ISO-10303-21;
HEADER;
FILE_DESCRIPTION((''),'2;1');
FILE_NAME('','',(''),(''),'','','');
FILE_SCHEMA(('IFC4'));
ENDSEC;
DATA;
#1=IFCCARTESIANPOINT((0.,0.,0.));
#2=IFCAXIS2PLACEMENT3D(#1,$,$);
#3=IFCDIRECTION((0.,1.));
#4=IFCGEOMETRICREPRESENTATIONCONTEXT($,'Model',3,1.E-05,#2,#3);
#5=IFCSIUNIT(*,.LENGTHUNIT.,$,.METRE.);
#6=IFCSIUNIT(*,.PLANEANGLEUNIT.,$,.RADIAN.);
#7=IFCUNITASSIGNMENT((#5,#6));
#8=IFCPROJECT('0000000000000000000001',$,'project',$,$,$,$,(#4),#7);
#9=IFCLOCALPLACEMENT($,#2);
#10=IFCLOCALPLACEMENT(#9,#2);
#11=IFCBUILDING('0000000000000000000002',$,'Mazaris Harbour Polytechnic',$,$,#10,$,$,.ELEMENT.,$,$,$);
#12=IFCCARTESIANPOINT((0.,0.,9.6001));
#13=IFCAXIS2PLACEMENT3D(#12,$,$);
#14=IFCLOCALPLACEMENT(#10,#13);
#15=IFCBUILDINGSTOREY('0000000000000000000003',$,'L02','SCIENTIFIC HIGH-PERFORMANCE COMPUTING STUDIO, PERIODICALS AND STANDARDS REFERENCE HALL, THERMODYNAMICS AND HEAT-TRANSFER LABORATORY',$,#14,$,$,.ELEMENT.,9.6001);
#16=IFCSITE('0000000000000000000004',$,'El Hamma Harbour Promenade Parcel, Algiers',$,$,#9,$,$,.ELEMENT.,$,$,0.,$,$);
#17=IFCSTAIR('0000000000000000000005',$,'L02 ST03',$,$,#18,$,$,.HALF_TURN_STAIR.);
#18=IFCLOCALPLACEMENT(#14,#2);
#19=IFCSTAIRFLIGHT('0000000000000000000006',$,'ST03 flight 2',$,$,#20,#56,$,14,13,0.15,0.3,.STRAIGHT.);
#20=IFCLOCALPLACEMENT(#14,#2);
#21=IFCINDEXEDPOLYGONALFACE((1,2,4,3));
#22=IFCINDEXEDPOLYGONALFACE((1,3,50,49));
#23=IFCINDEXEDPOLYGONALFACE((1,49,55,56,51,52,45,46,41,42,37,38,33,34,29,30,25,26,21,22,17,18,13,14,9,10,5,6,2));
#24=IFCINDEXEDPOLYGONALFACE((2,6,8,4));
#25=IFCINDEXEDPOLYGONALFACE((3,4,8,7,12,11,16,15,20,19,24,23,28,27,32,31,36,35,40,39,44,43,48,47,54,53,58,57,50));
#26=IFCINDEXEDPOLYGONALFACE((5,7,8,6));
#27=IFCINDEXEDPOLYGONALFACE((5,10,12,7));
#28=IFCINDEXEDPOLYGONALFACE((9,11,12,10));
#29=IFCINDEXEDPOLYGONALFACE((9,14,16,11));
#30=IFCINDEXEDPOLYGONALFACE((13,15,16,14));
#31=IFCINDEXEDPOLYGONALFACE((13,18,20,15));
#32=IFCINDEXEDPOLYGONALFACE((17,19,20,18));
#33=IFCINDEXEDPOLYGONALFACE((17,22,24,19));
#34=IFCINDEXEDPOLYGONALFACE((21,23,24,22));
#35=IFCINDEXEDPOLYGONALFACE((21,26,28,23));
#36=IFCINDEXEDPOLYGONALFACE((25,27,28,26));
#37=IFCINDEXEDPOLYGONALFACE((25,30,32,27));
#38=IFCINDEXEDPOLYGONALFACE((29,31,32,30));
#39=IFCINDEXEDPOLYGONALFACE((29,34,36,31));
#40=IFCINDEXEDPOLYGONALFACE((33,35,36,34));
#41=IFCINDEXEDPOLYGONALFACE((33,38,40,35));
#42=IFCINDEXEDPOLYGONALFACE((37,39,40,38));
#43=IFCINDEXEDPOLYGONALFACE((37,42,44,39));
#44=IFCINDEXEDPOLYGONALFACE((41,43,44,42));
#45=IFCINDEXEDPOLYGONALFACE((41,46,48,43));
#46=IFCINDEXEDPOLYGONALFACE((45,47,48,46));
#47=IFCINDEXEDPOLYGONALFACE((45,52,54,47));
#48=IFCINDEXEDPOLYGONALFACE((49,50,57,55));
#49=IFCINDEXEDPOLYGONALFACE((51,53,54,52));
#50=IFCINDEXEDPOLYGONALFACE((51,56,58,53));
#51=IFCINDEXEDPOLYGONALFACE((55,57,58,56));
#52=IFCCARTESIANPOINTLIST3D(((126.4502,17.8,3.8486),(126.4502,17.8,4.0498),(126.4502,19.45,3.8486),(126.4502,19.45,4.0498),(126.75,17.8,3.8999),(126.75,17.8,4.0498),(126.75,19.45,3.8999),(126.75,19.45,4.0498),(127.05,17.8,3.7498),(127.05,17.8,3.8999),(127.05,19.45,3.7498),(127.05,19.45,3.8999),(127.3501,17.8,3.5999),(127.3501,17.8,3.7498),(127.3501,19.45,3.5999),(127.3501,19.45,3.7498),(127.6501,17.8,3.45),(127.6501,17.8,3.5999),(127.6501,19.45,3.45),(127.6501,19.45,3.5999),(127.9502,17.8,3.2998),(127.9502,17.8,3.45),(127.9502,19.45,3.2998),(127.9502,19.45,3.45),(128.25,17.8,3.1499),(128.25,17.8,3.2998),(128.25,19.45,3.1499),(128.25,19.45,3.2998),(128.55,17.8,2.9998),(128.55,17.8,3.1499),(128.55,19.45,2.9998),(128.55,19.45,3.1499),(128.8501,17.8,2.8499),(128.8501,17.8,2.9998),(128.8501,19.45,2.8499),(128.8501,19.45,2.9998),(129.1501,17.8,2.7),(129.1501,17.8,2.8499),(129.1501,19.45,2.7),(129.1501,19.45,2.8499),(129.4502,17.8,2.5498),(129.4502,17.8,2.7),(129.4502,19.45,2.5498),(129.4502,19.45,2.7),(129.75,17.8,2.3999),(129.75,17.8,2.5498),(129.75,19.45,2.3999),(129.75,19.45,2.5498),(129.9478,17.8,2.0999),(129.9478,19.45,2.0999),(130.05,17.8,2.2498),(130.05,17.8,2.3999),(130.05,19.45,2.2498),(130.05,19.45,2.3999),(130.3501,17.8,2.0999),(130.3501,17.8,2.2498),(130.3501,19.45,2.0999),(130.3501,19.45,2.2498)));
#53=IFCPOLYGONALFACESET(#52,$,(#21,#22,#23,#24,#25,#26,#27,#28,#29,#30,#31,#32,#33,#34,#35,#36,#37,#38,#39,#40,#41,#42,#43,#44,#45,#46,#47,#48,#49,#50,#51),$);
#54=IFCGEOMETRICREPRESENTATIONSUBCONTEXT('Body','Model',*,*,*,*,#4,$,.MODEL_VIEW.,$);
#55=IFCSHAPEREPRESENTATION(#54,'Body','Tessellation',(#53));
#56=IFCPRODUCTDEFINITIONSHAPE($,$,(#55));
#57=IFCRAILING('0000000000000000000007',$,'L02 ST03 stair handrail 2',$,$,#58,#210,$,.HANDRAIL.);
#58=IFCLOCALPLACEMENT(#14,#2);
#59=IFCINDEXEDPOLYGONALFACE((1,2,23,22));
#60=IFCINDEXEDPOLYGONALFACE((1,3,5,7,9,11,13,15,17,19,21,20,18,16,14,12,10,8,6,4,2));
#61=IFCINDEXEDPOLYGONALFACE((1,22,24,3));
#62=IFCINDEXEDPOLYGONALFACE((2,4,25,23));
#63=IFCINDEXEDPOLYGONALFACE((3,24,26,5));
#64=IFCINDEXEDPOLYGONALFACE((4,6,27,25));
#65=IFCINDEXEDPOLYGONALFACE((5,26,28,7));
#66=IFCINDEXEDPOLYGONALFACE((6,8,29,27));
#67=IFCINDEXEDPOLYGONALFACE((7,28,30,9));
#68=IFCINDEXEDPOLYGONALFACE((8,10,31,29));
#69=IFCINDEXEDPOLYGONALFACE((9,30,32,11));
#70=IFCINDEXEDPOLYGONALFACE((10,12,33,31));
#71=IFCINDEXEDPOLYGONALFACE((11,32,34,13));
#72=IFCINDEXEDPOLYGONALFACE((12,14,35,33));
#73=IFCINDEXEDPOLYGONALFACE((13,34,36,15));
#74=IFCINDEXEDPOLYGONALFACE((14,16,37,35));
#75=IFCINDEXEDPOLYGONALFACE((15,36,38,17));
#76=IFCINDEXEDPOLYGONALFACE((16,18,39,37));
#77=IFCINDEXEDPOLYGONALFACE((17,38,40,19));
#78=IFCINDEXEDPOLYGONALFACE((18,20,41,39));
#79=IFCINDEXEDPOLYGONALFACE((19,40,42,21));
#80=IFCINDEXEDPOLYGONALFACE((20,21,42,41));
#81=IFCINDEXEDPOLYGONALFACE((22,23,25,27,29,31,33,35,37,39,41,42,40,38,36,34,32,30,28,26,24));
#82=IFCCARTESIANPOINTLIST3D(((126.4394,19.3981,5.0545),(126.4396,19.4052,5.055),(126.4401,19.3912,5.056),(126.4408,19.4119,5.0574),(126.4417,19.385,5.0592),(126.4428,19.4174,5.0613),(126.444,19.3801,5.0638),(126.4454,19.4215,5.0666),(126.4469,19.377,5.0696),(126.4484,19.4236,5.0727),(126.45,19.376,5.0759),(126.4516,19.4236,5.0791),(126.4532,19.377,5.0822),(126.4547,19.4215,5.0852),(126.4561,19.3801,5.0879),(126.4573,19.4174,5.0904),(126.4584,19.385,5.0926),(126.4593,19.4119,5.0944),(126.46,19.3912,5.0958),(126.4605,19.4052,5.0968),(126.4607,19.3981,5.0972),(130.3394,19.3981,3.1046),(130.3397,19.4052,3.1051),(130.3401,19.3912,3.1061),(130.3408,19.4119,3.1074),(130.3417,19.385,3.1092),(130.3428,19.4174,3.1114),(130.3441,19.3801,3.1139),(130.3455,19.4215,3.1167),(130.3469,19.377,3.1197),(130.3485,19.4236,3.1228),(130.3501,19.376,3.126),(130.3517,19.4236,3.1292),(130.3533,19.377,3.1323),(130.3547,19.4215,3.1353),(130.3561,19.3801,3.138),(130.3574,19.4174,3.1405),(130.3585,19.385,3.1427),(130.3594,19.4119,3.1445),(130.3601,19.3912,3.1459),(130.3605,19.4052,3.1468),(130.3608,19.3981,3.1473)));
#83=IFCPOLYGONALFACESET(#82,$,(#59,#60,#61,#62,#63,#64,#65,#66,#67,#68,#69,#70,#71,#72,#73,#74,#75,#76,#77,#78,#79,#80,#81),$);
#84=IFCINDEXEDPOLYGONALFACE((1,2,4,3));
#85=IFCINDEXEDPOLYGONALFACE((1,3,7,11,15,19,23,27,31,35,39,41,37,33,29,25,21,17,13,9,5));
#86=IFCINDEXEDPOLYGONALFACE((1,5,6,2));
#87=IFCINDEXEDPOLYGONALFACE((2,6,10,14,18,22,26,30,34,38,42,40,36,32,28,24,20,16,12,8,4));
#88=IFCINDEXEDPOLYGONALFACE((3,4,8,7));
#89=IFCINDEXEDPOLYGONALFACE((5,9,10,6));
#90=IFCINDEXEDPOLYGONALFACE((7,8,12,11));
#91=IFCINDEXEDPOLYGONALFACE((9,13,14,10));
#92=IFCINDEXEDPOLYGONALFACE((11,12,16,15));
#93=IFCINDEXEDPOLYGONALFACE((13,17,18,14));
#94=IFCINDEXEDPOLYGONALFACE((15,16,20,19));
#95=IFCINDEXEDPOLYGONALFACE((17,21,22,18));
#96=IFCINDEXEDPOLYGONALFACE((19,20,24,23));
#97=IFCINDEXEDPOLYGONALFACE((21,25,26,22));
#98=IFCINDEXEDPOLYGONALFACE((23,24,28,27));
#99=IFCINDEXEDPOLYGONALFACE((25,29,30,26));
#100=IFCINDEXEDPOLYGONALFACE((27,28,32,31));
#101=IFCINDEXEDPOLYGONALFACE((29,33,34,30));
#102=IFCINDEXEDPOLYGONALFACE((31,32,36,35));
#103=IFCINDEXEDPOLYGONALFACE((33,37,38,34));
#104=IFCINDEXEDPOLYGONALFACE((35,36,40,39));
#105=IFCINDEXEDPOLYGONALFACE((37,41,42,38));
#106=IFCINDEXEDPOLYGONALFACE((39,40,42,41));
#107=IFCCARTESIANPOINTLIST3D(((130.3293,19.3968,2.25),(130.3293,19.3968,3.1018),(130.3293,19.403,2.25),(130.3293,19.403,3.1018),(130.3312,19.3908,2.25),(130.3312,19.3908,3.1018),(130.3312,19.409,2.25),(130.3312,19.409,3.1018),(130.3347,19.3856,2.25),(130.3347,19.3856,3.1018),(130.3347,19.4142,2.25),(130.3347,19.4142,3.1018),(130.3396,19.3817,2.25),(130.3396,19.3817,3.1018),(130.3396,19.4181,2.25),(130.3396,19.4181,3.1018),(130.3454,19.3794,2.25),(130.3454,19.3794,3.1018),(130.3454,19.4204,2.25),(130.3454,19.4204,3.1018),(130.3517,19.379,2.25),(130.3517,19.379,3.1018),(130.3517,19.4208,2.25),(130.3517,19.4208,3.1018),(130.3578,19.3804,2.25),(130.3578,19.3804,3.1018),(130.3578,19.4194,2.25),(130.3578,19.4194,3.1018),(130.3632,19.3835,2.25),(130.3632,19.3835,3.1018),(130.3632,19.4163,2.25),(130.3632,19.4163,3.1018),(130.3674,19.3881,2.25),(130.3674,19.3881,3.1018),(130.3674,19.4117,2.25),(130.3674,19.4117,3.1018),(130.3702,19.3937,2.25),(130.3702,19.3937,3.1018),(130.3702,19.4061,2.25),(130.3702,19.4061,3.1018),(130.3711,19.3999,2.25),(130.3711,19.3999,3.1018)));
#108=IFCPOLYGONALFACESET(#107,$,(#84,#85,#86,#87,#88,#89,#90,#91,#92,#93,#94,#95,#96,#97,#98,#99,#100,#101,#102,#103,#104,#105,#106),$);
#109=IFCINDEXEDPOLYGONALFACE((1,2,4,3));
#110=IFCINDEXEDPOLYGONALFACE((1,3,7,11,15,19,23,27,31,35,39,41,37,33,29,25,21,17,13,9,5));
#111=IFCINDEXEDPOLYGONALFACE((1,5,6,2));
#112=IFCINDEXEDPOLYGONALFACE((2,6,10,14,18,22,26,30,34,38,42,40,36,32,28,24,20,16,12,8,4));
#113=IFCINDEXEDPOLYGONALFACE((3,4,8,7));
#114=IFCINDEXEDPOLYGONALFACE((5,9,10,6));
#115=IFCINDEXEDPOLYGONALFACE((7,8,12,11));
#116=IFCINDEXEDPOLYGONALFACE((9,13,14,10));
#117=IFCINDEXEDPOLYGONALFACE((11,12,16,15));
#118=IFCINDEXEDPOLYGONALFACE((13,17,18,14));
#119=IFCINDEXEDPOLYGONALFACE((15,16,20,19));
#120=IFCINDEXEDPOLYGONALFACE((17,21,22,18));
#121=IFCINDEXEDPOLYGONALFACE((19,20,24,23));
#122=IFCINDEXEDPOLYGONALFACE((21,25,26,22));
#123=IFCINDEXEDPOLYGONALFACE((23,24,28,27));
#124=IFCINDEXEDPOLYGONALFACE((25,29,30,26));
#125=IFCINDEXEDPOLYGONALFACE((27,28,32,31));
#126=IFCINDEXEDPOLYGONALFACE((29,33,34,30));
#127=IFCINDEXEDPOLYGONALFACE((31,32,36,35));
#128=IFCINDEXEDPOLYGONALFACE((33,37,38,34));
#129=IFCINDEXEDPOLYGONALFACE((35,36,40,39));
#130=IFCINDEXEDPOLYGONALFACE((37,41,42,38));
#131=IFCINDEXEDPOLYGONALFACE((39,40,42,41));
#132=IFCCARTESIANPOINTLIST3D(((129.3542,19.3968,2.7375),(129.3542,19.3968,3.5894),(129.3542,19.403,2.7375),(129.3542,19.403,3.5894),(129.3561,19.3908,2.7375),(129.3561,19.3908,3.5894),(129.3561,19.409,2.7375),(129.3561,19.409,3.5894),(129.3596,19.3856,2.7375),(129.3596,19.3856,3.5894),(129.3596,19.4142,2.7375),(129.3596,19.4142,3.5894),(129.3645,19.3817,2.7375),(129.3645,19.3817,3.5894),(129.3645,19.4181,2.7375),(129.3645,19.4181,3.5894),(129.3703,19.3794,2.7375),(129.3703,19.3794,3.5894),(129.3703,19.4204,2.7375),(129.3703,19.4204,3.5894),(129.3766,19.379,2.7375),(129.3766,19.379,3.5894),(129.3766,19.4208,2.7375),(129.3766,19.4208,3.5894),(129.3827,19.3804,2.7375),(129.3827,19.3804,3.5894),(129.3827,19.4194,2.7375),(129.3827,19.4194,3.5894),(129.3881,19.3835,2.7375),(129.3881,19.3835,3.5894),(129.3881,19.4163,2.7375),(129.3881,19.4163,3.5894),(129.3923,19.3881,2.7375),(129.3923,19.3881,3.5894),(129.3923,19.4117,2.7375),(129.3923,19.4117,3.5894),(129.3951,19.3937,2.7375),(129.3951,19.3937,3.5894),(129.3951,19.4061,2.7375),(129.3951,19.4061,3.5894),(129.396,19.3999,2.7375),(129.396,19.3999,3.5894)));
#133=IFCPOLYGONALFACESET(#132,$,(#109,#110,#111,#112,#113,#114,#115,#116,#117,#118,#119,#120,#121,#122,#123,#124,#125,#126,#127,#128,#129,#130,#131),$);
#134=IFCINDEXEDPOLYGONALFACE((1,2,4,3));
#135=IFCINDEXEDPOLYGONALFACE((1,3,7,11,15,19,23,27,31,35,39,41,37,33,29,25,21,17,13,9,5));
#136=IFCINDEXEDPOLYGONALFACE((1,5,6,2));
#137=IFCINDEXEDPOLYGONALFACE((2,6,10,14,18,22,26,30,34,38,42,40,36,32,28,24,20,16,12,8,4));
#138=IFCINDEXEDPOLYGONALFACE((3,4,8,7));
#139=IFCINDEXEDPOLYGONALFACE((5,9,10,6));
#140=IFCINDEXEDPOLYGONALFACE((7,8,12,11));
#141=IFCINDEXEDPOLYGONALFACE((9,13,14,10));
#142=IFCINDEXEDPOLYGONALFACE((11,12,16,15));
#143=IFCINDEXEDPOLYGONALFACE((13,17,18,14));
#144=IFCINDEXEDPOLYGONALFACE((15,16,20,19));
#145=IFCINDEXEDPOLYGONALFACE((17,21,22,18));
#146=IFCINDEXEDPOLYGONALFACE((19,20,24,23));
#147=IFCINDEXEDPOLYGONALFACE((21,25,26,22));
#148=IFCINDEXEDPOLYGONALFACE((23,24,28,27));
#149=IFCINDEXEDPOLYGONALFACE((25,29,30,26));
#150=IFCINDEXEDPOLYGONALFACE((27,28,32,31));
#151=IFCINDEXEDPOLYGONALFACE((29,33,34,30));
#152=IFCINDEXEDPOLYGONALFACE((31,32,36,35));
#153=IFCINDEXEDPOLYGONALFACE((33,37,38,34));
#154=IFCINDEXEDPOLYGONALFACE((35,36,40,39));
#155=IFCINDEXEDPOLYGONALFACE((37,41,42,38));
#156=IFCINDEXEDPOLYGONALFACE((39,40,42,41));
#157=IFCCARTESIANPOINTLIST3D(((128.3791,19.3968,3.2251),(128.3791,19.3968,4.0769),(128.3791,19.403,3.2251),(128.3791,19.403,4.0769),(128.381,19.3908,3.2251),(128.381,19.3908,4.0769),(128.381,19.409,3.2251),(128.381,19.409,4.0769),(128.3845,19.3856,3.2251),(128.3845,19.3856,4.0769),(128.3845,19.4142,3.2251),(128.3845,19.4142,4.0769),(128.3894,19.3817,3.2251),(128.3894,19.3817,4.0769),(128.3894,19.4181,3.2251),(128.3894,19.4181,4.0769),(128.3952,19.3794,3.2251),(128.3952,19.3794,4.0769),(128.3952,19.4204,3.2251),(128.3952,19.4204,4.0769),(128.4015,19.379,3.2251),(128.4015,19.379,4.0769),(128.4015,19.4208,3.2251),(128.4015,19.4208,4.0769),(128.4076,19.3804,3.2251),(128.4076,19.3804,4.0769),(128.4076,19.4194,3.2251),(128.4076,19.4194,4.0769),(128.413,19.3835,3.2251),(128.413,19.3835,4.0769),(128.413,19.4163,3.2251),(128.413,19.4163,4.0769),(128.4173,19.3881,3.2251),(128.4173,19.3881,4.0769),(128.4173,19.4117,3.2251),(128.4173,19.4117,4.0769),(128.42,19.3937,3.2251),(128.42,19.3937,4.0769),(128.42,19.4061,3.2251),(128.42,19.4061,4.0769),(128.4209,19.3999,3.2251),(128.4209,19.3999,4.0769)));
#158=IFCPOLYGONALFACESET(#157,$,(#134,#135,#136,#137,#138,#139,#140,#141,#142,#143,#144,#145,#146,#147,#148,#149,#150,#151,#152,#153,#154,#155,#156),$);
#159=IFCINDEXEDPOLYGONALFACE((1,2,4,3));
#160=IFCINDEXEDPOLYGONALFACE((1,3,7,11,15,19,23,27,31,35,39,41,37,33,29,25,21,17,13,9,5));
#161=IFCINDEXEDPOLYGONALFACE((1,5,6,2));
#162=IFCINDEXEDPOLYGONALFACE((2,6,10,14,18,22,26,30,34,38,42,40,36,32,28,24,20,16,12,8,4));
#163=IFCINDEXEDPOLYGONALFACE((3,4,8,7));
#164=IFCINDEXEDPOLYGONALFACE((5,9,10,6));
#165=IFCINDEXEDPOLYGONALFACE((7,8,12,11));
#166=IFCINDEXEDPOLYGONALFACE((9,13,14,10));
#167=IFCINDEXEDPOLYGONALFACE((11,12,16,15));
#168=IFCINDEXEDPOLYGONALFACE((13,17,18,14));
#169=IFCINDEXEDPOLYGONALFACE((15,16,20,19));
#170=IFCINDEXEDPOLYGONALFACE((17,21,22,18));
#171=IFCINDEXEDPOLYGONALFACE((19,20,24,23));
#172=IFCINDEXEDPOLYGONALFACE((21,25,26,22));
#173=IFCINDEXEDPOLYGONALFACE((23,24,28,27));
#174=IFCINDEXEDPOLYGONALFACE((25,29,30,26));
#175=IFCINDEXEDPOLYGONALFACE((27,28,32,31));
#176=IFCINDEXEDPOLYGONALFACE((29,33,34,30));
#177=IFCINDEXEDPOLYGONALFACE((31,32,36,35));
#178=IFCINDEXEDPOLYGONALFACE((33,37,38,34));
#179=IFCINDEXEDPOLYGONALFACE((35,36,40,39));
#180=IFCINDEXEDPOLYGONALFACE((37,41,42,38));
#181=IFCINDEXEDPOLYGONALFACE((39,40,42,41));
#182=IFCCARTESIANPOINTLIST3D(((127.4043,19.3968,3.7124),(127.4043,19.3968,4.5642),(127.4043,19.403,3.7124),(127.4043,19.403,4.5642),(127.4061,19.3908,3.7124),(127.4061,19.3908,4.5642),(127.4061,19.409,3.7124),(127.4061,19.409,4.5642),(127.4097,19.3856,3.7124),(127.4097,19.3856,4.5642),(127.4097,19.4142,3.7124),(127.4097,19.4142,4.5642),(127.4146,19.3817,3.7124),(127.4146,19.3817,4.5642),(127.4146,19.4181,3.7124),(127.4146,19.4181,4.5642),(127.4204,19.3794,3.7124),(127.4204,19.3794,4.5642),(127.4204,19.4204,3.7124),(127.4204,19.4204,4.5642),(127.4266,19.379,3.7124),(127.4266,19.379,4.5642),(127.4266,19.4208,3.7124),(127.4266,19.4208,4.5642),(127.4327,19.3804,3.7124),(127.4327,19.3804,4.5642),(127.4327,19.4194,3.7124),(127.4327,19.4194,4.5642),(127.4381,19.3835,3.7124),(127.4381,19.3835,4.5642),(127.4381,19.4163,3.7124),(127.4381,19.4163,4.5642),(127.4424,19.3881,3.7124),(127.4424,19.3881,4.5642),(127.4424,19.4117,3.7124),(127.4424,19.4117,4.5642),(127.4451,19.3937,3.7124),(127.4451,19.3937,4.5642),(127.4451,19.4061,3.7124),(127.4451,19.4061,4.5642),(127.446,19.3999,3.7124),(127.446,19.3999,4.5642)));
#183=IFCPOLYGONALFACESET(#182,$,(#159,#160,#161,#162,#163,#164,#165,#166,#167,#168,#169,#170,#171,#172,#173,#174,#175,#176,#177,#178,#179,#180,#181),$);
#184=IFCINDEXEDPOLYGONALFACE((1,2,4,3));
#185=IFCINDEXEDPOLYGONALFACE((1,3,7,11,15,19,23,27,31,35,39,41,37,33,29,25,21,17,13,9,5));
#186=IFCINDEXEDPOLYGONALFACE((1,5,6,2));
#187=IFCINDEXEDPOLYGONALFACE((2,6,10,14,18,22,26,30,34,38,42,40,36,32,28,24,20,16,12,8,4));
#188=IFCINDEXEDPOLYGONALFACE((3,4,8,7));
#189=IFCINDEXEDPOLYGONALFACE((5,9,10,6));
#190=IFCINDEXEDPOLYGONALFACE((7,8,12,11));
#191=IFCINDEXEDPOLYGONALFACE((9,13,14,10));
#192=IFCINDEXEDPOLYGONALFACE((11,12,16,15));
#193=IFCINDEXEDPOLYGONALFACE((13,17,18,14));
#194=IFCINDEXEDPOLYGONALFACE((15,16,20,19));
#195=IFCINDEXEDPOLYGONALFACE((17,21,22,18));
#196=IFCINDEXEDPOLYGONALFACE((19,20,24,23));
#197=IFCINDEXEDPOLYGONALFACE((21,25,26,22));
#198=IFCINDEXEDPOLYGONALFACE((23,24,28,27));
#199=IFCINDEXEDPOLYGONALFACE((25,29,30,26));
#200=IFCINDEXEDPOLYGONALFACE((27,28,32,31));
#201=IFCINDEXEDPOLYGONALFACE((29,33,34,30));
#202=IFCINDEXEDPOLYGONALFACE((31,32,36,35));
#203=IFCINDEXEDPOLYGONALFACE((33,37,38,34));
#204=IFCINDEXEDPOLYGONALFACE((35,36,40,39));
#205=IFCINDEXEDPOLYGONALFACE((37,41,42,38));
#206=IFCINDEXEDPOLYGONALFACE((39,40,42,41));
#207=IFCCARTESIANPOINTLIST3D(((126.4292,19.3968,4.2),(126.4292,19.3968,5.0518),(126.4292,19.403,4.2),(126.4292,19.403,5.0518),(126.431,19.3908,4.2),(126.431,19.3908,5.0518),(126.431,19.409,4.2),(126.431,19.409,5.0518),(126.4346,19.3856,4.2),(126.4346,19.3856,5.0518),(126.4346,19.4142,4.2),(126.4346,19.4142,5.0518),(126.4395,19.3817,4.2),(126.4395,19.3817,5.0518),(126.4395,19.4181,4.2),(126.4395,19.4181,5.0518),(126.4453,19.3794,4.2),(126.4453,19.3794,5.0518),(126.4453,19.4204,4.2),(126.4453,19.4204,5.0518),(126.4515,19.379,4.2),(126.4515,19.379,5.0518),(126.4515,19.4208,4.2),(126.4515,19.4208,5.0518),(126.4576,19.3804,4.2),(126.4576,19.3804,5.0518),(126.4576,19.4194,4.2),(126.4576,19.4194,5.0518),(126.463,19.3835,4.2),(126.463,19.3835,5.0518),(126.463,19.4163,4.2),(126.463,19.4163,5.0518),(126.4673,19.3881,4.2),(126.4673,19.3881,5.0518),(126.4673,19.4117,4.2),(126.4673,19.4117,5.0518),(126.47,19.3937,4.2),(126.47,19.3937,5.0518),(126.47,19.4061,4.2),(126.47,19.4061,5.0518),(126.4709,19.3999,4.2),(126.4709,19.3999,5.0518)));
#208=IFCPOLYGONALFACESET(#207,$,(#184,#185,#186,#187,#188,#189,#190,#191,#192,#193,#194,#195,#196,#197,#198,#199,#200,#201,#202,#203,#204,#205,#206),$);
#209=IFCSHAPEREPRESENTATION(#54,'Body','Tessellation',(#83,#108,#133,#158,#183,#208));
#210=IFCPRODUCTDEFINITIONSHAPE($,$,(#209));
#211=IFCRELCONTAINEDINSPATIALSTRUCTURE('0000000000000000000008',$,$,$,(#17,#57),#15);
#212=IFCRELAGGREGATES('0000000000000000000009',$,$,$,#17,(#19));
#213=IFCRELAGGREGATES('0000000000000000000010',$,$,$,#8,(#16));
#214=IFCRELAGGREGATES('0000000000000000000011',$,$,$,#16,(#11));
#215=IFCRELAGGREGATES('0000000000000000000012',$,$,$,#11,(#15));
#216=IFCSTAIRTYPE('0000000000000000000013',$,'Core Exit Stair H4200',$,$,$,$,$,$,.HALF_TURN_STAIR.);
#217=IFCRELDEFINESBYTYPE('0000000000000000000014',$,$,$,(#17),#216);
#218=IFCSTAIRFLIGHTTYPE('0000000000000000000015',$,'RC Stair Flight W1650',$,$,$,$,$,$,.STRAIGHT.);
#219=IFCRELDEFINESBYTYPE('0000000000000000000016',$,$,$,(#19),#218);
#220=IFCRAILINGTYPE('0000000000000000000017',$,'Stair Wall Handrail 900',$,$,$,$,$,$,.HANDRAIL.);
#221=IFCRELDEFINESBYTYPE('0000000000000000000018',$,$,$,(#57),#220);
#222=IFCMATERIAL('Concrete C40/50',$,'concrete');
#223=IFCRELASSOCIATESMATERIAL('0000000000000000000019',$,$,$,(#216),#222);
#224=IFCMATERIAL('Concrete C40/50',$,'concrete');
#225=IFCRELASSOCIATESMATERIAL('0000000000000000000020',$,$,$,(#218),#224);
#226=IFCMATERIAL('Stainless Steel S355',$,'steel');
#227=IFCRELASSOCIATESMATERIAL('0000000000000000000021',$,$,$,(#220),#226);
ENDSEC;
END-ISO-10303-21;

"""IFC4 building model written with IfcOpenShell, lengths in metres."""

from ifc_helpers import new_model, si_unit, direction, frame, origin, origin_2d, place, context, subcontext, project, spatial, polyline, circle, outline, extrude, material, type_object, element, aggregate, save


model = new_model("IFC4")

# Units and contexts
model_context = context("Model", 3, precision=1e-05, world=origin(), true_north=direction((0.0, 1.0)))
body_context = subcontext(model_context, "Body", "Model", "MODEL_VIEW")
ifc_project = project(units=[si_unit("LENGTHUNIT", "METRE"), si_unit("PLANEANGLEUNIT", "RADIAN")], contexts=[model_context])

# Site, building, storey
site_placement = place(None, origin())
site = spatial("IfcSite", under=ifc_project, at=site_placement, Name="El Hamma Harbour Promenade Parcel, Algiers", CompositionType="ELEMENT", RefElevation=0.0)
building_placement = place(site_placement, origin())
building = spatial("IfcBuilding", under=site, at=building_placement, Name="Mazaris Harbour Polytechnic", CompositionType="ELEMENT")
storey_placement = place(building_placement, frame((0.0, 0.0, 9.6001)))
storey = spatial("IfcBuildingStorey", under=building, at=storey_placement, Name="L02", Description="SCIENTIFIC HIGH-PERFORMANCE COMPUTING STUDIO, PERIODICALS AND STANDARDS REFERENCE HALL, THERMODYNAMICS AND HEAT-TRANSFER LABORATORY", CompositionType="ELEMENT", Elevation=9.6001)

# Stair, stair flight
ifc_material_1 = material(Name="Concrete C40/50", Category="concrete")
stair_type = type_object("IfcStairType", Name="Core Exit Stair H4200", PredefinedType="HALF_TURN_STAIR", material=ifc_material_1)
stair_placement = place(storey_placement, origin())
stair = element("IfcStair", 1, at=stair_placement, inside=storey, type_object=stair_type, Name="L02 ST03", PredefinedType="HALF_TURN_STAIR")
ifc_material_2 = material(Name="Concrete C40/50", Category="concrete")
stair_flight_type = type_object("IfcStairFlightType", Name="RC Stair Flight W1650", PredefinedType="STRAIGHT", material=ifc_material_2)
stair_flight_placement = place(storey_placement, frame((130.3501, 18.625, 2.0999), z_axis=(0.0, 0.0, 1.0), x_axis=(-1.0, 0.0, 0.0)))
stair_flight = element("IfcStairFlight", 2, at=stair_flight_placement, type_object=stair_flight_type, Name="ST03 flight 2", NumberOfRisers=14, NumberOfTreads=13, PredefinedType="STRAIGHT", RiserHeight=0.15, TreadLength=0.3, context=body_context, shape_type="SweptSolid", body=[
    extrude(outline(polyline([(0.0, 0.0), (0.0, 0.1499), (0.3, 0.1499), (0.3, 0.3), (0.6001, 0.3), (0.6001, 0.45), (0.8999, 0.45), (0.8999, 0.6001), (1.2, 0.6001), (1.2, 0.75), (1.5, 0.75), (1.5, 0.8999), (1.8, 0.8999), (1.8, 1.05), (2.1001, 1.05), (2.1001, 1.2), (2.3999, 1.2), (2.3999, 1.3501), (2.7, 1.3501), (2.7, 1.5), (3.0, 1.5), (3.0, 1.6499), (3.3, 1.6499), (3.3, 1.8), (3.6001, 1.8), (3.6001, 1.95), (3.8999, 1.95), (3.8999, 2.1001), (3.8999, 1.7488), (0.4023, 0.0), (0.0, 0.0)])), frame((0.0, 0.825, 0.0), z_axis=(0.0, -1.0, 0.0), x_axis=(1.0, 0.0, 0.0)), (0.0, 0.0, 1.0), 1.6499),
])
aggregate(stair, [stair_flight])

# Railing
ifc_material_3 = material(Name="Stainless Steel S355", Category="steel")
railing_type_1 = type_object("IfcRailingType", Name="Stair Wall Handrail 900", PredefinedType="HANDRAIL", material=ifc_material_3)
railing_1_placement = place(storey_placement, frame((130.3501, 19.3999, 2.25)))
element("IfcRailing", 3, at=railing_1_placement, inside=storey, type_object=railing_type_1, Name="L02 ST03 stair handrail 2", PredefinedType="HANDRAIL", context=body_context, shape_type="SweptSolid", body=[
    extrude(circle(Radius=0.0239, at=origin_2d()), frame((0.0, 0.0, 0.876), z_axis=(-0.894438, 0.0, 0.447191), x_axis=(0.0, -1.0, 0.0)), (0.0, 0.0, 1.0), 4.3604),
    extrude(circle(Radius=0.021, at=origin_2d()), origin(), (0.0, 0.0, 1.0), 0.8518),
    extrude(circle(Radius=0.021, at=origin_2d()), frame((-0.9751, 0.0, 0.4875)), (0.0, 0.0, 1.0), 0.8518),
    extrude(circle(Radius=0.021, at=origin_2d()), frame((-1.9502, 0.0, 0.9751)), (0.0, 0.0, 1.0), 0.8518),
    extrude(circle(Radius=0.021, at=origin_2d()), frame((-2.925, 0.0, 1.4624)), (0.0, 0.0, 1.0), 0.8518),
    extrude(circle(Radius=0.021, at=origin_2d()), frame((-3.9001, 0.0, 1.95)), (0.0, 0.0, 1.0), 0.8518),
])

save(model, "model.ifc")
